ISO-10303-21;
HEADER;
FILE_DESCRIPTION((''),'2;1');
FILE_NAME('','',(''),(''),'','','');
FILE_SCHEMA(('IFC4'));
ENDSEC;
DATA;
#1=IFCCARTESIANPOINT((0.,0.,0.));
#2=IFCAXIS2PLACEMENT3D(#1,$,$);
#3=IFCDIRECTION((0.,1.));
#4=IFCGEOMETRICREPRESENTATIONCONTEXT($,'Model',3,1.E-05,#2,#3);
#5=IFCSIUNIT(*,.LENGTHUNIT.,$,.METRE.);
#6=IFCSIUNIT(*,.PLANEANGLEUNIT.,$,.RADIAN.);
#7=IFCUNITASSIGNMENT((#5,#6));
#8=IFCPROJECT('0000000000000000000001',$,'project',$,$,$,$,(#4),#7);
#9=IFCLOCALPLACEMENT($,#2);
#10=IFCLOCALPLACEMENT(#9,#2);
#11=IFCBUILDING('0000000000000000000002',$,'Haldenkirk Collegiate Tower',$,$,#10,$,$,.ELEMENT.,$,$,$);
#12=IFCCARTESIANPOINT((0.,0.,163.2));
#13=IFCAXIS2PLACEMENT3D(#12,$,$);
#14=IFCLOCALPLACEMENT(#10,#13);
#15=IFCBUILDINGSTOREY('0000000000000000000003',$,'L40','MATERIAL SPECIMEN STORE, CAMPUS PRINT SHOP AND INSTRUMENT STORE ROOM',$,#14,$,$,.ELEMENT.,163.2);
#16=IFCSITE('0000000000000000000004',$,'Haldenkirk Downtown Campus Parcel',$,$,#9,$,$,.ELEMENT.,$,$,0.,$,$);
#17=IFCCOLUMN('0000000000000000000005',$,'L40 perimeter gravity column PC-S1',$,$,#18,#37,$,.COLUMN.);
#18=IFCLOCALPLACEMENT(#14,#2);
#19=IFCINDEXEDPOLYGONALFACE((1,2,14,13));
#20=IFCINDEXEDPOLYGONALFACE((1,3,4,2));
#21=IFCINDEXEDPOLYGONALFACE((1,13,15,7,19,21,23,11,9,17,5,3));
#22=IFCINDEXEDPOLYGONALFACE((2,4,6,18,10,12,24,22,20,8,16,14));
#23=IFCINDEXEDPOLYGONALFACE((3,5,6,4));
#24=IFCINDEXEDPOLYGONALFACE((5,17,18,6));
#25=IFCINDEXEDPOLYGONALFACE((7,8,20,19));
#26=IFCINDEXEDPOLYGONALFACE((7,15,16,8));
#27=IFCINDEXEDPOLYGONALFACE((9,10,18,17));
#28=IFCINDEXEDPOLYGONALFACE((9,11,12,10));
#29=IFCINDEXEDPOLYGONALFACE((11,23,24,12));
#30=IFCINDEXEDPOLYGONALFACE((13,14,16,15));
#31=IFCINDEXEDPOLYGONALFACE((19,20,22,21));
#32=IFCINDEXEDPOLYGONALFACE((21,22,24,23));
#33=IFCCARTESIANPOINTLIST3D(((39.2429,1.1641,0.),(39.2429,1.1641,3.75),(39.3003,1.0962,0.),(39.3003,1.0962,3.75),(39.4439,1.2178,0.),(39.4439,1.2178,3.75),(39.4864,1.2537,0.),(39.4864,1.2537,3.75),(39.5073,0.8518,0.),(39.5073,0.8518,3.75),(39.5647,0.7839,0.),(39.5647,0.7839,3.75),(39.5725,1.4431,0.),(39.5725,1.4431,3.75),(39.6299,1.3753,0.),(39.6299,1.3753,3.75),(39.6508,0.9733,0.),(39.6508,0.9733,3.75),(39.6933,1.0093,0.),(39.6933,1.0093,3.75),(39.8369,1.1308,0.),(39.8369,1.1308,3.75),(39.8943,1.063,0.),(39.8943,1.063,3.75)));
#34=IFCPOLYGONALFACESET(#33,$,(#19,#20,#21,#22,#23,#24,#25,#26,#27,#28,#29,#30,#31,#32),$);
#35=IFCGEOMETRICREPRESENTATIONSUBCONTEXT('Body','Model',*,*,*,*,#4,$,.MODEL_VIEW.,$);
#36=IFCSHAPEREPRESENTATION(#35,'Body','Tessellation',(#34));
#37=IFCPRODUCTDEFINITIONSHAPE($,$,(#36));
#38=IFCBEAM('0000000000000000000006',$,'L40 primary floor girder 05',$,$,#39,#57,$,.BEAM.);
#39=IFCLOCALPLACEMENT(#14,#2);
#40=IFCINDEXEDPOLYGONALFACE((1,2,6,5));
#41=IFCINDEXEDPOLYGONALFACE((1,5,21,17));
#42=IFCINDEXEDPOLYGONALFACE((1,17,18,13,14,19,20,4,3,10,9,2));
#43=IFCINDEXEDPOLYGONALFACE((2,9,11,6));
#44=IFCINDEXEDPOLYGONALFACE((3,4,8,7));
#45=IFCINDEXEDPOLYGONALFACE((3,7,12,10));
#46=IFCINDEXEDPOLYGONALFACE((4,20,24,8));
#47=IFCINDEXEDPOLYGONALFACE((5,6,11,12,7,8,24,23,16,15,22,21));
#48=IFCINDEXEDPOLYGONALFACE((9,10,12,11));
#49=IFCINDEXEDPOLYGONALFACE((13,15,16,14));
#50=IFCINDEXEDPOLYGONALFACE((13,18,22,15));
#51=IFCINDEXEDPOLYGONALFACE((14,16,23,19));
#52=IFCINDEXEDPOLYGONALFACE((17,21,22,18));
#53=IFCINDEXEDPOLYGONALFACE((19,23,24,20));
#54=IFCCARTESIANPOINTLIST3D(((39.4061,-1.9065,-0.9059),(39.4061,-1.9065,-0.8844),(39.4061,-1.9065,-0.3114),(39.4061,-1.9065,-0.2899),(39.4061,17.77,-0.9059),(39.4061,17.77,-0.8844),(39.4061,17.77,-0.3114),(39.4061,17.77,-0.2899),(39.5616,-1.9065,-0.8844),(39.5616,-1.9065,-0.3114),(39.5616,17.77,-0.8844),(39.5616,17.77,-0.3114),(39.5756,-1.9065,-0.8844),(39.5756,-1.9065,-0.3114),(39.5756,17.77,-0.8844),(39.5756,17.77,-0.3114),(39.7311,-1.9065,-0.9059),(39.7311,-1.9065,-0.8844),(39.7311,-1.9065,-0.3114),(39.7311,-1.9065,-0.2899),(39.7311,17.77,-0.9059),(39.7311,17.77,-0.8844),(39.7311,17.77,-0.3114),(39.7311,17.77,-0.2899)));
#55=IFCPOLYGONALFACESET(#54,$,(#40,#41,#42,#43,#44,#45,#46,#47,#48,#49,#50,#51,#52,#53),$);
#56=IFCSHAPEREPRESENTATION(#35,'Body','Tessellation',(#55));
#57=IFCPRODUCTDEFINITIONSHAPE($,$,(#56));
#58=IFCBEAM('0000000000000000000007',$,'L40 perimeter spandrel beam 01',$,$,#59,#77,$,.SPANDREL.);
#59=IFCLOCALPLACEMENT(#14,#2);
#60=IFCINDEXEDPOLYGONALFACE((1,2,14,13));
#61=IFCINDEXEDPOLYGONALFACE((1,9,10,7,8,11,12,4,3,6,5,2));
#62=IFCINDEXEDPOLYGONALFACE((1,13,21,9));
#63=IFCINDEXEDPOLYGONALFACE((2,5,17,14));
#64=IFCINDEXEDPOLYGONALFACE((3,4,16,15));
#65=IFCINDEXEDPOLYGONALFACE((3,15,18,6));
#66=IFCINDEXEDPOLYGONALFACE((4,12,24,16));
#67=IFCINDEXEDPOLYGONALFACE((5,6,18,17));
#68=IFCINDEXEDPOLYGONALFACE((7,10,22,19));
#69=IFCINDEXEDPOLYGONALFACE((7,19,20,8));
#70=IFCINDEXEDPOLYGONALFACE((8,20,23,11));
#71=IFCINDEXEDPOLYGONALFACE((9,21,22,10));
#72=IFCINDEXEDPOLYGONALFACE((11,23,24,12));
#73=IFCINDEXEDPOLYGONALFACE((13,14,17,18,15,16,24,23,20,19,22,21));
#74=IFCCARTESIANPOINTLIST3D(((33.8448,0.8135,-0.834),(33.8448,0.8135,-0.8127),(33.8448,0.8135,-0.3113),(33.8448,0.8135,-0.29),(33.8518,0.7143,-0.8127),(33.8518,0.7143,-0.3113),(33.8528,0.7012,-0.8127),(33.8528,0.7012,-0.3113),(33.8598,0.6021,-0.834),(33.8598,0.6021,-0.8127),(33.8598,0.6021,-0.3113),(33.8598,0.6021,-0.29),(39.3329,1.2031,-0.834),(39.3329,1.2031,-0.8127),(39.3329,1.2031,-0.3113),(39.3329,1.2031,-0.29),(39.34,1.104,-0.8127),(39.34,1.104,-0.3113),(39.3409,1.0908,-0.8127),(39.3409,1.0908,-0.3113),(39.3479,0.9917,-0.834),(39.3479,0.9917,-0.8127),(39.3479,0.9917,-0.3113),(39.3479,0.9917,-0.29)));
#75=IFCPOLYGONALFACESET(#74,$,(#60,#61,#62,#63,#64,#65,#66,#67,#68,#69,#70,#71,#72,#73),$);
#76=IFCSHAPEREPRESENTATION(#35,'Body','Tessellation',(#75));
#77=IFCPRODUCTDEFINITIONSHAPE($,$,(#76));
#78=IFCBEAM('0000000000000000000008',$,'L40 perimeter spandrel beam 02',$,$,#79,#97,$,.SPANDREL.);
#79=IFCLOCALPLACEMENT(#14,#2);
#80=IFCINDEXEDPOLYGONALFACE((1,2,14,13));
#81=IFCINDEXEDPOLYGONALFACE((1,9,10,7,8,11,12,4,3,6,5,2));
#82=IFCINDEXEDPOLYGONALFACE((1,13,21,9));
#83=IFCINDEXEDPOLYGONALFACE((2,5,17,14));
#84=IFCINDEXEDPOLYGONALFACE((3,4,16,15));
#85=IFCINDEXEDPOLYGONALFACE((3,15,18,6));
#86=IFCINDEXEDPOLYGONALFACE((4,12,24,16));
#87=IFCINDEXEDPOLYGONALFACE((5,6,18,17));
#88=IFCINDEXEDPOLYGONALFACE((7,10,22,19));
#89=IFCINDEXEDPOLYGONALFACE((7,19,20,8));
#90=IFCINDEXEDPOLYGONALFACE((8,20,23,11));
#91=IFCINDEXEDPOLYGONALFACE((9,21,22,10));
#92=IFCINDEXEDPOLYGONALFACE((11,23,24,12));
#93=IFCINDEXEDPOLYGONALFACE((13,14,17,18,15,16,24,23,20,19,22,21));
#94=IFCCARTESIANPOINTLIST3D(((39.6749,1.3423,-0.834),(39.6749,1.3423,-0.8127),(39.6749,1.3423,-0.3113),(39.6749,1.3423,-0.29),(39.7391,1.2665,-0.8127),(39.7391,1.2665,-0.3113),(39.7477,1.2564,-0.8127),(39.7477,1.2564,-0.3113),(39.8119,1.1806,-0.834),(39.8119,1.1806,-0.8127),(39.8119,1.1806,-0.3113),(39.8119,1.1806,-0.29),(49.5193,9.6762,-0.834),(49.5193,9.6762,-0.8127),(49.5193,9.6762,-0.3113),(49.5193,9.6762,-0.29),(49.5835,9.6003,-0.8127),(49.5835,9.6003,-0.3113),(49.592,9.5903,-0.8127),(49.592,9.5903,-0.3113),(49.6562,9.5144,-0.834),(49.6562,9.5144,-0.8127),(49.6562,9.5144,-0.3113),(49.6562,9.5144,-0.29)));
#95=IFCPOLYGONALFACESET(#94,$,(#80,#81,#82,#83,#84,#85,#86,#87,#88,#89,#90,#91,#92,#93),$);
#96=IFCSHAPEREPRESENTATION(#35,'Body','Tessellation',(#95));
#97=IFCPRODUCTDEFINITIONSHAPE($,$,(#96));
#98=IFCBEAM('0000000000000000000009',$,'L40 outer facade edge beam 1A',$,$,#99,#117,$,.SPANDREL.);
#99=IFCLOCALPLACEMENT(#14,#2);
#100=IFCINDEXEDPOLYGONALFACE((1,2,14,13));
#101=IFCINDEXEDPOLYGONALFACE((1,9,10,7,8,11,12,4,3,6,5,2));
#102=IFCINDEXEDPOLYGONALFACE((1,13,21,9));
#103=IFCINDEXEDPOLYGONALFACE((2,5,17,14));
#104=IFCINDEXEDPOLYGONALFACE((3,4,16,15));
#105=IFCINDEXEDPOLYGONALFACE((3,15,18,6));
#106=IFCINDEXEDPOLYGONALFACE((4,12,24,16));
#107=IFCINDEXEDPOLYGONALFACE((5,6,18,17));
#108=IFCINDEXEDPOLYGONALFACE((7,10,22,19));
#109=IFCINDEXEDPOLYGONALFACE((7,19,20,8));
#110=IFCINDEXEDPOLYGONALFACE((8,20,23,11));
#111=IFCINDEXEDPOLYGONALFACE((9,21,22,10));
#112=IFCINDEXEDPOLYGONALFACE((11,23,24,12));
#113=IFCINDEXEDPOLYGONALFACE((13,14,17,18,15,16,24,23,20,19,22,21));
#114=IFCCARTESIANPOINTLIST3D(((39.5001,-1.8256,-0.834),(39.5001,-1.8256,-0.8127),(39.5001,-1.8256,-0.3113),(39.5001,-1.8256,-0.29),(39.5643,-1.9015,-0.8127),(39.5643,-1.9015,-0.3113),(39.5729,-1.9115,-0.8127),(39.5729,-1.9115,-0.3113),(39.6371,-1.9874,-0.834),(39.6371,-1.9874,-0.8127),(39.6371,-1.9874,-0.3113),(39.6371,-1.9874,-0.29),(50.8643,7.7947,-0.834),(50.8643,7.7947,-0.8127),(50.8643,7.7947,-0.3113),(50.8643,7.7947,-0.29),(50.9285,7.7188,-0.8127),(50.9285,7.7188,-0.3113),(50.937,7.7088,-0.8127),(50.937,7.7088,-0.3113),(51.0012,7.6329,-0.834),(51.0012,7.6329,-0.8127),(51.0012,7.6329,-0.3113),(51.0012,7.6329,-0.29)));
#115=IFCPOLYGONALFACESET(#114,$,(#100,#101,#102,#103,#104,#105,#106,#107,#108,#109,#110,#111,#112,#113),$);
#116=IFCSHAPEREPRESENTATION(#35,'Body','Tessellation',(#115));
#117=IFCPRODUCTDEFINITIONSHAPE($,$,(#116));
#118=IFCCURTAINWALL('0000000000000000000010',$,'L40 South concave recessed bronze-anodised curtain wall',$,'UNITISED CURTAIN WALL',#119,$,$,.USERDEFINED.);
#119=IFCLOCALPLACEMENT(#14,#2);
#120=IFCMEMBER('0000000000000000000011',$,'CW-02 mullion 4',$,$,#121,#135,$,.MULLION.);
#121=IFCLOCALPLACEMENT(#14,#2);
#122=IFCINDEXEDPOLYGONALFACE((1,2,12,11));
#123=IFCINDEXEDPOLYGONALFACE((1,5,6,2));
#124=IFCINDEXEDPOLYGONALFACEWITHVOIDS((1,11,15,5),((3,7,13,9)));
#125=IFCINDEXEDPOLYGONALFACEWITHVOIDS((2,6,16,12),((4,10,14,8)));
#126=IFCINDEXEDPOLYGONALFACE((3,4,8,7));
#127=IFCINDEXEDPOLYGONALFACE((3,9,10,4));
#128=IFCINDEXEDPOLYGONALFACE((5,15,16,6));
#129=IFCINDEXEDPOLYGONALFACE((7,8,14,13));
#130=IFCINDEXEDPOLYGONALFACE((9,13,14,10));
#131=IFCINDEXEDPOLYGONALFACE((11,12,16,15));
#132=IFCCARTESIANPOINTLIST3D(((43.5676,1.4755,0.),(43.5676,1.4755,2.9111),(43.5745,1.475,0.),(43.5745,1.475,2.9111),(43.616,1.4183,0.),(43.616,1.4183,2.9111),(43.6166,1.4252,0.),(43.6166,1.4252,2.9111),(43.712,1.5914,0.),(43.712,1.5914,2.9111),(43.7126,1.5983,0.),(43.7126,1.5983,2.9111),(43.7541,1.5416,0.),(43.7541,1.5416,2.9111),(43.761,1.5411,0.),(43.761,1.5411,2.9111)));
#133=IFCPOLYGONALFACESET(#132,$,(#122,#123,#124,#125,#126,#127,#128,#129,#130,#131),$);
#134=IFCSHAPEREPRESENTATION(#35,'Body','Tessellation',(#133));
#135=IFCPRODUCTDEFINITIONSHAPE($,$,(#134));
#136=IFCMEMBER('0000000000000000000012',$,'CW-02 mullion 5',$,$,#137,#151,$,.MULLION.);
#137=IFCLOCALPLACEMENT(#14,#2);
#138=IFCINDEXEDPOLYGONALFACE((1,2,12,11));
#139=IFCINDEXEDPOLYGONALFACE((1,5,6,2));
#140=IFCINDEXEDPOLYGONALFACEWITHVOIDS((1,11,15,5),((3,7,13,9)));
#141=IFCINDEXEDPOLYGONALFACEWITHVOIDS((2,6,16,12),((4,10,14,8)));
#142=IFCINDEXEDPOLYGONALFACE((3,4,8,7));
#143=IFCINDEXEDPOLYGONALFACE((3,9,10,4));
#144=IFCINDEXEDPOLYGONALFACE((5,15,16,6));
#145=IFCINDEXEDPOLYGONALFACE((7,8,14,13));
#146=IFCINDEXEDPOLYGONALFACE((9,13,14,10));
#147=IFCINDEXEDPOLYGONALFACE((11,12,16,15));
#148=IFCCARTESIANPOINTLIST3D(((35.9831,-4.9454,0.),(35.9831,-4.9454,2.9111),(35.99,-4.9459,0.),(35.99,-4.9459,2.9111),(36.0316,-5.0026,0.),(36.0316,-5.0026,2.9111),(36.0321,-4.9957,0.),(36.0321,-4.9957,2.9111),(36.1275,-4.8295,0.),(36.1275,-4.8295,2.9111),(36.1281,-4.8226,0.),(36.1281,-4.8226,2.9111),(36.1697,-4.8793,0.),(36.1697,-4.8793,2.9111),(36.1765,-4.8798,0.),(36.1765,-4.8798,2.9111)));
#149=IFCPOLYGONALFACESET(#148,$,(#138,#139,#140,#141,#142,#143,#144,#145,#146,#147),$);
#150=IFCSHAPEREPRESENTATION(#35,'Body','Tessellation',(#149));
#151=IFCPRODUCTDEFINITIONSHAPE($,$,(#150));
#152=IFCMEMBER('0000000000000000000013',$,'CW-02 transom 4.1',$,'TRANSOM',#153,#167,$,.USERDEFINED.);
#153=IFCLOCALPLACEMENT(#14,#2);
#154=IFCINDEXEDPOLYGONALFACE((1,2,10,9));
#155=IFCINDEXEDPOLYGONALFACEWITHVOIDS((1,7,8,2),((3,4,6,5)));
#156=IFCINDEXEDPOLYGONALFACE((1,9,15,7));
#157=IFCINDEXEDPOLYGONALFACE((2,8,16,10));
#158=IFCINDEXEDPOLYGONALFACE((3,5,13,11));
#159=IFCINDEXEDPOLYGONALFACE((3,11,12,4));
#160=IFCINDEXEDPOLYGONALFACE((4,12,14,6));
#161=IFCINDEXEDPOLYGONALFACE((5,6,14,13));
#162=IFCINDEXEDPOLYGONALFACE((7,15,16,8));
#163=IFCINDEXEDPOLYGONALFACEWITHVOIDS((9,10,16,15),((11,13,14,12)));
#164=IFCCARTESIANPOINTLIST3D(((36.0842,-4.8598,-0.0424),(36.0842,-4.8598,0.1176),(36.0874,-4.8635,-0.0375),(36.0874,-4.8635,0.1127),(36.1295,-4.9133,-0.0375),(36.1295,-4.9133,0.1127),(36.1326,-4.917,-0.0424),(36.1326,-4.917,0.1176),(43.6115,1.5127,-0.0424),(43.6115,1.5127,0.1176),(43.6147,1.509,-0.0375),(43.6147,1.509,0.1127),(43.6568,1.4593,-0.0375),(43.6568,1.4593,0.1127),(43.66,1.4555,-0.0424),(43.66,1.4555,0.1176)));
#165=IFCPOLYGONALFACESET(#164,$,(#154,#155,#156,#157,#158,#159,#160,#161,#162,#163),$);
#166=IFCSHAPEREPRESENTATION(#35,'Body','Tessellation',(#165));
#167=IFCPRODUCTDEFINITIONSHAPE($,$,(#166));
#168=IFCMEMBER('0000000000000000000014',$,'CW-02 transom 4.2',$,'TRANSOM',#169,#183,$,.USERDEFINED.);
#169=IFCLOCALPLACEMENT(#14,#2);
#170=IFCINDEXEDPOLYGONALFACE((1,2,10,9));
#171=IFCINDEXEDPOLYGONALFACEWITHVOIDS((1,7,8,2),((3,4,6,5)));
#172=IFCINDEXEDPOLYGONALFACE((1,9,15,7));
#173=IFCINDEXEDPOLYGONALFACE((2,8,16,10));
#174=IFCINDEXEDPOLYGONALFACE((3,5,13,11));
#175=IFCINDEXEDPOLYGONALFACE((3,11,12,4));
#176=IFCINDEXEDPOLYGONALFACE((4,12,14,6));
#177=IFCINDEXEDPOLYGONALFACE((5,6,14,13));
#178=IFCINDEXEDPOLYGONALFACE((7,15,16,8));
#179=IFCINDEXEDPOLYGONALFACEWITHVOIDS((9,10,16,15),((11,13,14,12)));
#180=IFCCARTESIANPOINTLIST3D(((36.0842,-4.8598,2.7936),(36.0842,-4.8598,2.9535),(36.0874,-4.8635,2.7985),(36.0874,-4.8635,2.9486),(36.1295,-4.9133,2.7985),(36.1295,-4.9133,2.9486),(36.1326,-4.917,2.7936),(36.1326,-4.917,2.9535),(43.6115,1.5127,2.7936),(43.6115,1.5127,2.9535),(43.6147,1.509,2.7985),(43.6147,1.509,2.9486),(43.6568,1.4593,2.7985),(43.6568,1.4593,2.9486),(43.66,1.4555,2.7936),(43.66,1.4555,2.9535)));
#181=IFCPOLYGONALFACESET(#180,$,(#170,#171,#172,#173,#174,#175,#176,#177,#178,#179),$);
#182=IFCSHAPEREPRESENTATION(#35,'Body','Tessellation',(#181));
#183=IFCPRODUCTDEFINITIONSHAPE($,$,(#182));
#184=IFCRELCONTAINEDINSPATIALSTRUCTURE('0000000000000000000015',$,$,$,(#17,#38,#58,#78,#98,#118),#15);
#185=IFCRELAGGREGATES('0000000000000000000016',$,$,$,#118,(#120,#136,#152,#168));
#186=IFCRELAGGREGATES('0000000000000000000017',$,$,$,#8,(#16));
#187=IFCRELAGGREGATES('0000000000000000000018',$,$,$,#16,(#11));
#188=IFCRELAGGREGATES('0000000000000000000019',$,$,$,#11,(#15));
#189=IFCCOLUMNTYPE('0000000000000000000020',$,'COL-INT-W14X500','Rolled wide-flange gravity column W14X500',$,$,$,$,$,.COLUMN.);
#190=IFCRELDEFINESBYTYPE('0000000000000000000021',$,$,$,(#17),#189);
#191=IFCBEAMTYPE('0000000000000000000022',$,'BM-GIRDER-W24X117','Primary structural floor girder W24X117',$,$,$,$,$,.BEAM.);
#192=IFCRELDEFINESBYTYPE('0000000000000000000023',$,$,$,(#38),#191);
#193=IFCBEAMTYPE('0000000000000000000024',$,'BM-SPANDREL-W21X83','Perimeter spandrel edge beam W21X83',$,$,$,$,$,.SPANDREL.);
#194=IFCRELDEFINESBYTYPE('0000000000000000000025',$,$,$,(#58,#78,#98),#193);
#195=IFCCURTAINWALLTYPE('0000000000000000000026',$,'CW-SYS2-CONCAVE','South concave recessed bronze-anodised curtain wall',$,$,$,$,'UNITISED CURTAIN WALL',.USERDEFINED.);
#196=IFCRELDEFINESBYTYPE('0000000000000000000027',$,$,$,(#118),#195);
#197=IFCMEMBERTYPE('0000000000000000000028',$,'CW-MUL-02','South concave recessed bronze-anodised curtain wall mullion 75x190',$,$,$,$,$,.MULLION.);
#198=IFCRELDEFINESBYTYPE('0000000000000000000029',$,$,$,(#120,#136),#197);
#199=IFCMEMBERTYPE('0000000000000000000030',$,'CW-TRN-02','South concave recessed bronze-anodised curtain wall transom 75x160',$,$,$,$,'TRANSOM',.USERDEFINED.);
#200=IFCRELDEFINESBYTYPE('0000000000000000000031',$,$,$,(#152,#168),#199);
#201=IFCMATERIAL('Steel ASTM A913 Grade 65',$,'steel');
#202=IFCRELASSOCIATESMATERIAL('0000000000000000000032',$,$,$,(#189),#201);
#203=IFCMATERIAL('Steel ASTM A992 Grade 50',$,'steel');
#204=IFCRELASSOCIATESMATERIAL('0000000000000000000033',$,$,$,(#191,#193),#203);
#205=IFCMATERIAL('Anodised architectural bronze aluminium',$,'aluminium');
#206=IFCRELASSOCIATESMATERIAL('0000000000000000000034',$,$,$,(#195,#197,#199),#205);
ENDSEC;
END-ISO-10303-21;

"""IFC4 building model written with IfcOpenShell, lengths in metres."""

from ifc_helpers import new_model, si_unit, direction, frame, origin, origin_2d, place, context, subcontext, project, spatial, hollow_rectangle, i_section, extrude, material, material_profile, profile_set, type_object, element, aggregate, save


model = new_model("IFC4")

# Units and contexts
model_context = context("Model", 3, precision=1e-05, world=origin(), true_north=direction((0.0, 1.0)))
body_context = subcontext(model_context, "Body", "Model", "MODEL_VIEW")
ifc_project = project(units=[si_unit("LENGTHUNIT", "METRE"), si_unit("PLANEANGLEUNIT", "RADIAN")], contexts=[model_context])

# Site, building, storey
site_placement = place(None, origin())
site = spatial("IfcSite", under=ifc_project, at=site_placement, Name="Haldenkirk Downtown Campus Parcel", CompositionType="ELEMENT", RefElevation=0.0)
building_placement = place(site_placement, origin())
building = spatial("IfcBuilding", under=site, at=building_placement, Name="Haldenkirk Collegiate Tower", CompositionType="ELEMENT")
storey_placement = place(building_placement, frame((0.0, 0.0, 163.2)))
storey = spatial("IfcBuildingStorey", under=building, at=storey_placement, Name="L40", Description="MATERIAL SPECIMEN STORE, CAMPUS PRINT SHOP AND INSTRUMENT STORE ROOM", CompositionType="ELEMENT", Elevation=163.2)

# Column
ifc_material_1 = material(Name="Steel ASTM A913 Grade 65", Category="steel")
ifc_material_profile_1 = material_profile(ifc_material_1, i_section(OverallWidth=0.4319, OverallDepth=0.498, WebThickness=0.0557, FlangeThickness=0.0889, at=origin_2d()), Name="W14X500")
ifc_profile_set_1 = profile_set([ifc_material_profile_1], Name="Steel ASTM A913 Grade 65")
column_type = type_object("IfcColumnType", Name="COL-INT-W14X500", Description="Rolled wide-flange gravity column W14X500", PredefinedType="COLUMN", material=ifc_profile_set_1)
column_placement = place(storey_placement, frame((39.5686, 1.1135, 0.0), z_axis=(0.0, 0.0, 1.0), x_axis=(0.763232, 0.646124, 0.0)))
element("IfcColumn", 1, at=column_placement, inside=storey, type_object=column_type, Name="L40 perimeter gravity column PC-S1", PredefinedType="COLUMN", context=body_context, shape_type="SweptSolid", body=[
    extrude(i_section(OverallWidth=0.4319, OverallDepth=0.498, WebThickness=0.0557, FlangeThickness=0.0889, at=origin_2d()), origin(), (0.0, 0.0, 1.0), 3.75),
])

# Beams
ifc_material_2 = material(Name="Steel ASTM A992 Grade 50", Category="steel")
ifc_material_profile_2 = material_profile(ifc_material_2, i_section(OverallWidth=0.325, OverallDepth=0.616, WebThickness=0.0139, FlangeThickness=0.0215, at=origin_2d()), Name="W24X117")
ifc_profile_set_2 = profile_set([ifc_material_profile_2], Name="Steel ASTM A992 Grade 50")
beam_type_1 = type_object("IfcBeamType", Name="BM-GIRDER-W24X117", Description="Primary structural floor girder W24X117", PredefinedType="BEAM", material=ifc_profile_set_2)
beam_1_placement = place(storey_placement, frame((39.5686, -1.9065, -0.5979), z_axis=(0.0, 1.0, 0.0), x_axis=(-1.0, 0.0, 0.0)))
element("IfcBeam", 2, at=beam_1_placement, inside=storey, type_object=beam_type_1, Name="L40 primary floor girder 05", PredefinedType="BEAM", context=body_context, shape_type="SweptSolid", body=[
    extrude(i_section(OverallWidth=0.325, OverallDepth=0.616, WebThickness=0.0139, FlangeThickness=0.0215, at=origin_2d()), origin(), (0.0, 0.0, 1.0), 19.6765),
])
ifc_material_profile_3 = material_profile(ifc_material_2, i_section(OverallWidth=0.2119, OverallDepth=0.5439, WebThickness=0.0132, FlangeThickness=0.0212, at=origin_2d()), Name="W21X83")
ifc_profile_set_3 = profile_set([ifc_material_profile_3], Name="Steel ASTM A992 Grade 50")
beam_type_2 = type_object("IfcBeamType", Name="BM-SPANDREL-W21X83", Description="Perimeter spandrel edge beam W21X83", PredefinedType="SPANDREL", material=ifc_profile_set_3)
beam_2_placement = place(storey_placement, frame((33.8523, 0.7078, -0.562), z_axis=(0.997489, 0.070821, 0.0), x_axis=(-0.070821, 0.997489, 0.0)))
element("IfcBeam", 3, at=beam_2_placement, inside=storey, type_object=beam_type_2, Name="L40 perimeter spandrel beam 01", PredefinedType="SPANDREL", context=body_context, shape_type="SweptSolid", body=[
    extrude(i_section(OverallWidth=0.2119, OverallDepth=0.5439, WebThickness=0.0132, FlangeThickness=0.0212, at=origin_2d()), origin(), (0.0, 0.0, 1.0), 5.502),
])
beam_3_placement = place(storey_placement, frame((39.7434, 1.2615, -0.562), z_axis=(0.763233, 0.646123, 0.0), x_axis=(-0.646123, 0.763233, 0.0)))
element("IfcBeam", 4, at=beam_3_placement, inside=storey, type_object=beam_type_2, Name="L40 perimeter spandrel beam 02", PredefinedType="SPANDREL", context=body_context, shape_type="SweptSolid", body=[
    extrude(i_section(OverallWidth=0.2119, OverallDepth=0.5439, WebThickness=0.0132, FlangeThickness=0.0212, at=origin_2d()), origin(), (0.0, 0.0, 1.0), 12.8982),
])
beam_4_placement = place(storey_placement, frame((39.5686, -1.9065, -0.562), z_axis=(0.763239, 0.646116, 0.0), x_axis=(-0.646116, 0.763239, 0.0)))
element("IfcBeam", 5, at=beam_4_placement, inside=storey, type_object=beam_type_2, Name="L40 outer facade edge beam 1A", PredefinedType="SPANDREL", context=body_context, shape_type="SweptSolid", body=[
    extrude(i_section(OverallWidth=0.2119, OverallDepth=0.5439, WebThickness=0.0132, FlangeThickness=0.0212, at=origin_2d()), origin(), (0.0, 0.0, 1.0), 14.8894),
])

# Curtain wall, members
ifc_material_3 = material(Name="Anodised architectural bronze aluminium", Category="aluminium")
curtain_wall_type = type_object("IfcCurtainWallType", Name="CW-SYS2-CONCAVE", Description="South concave recessed bronze-anodised curtain wall", ElementType="UNITISED CURTAIN WALL", PredefinedType="USERDEFINED", material=ifc_material_3)
curtain_wall_placement = place(storey_placement, origin())
curtain_wall = element("IfcCurtainWall", 6, at=curtain_wall_placement, inside=storey, type_object=curtain_wall_type, Name="L40 South concave recessed bronze-anodised curtain wall", ObjectType="UNITISED CURTAIN WALL", PredefinedType="USERDEFINED")
ifc_material_profile_4 = material_profile(ifc_material_3, hollow_rectangle(XDim=0.075, YDim=0.1899, WallThickness=0.0049, at=origin_2d()), Name="CW-MUL-02")
ifc_profile_set_4 = profile_set([ifc_material_profile_4], Name="Anodised architectural bronze aluminium")
member_type_1 = type_object("IfcMemberType", Name="CW-MUL-02", Description="South concave recessed bronze-anodised curtain wall mullion 75x190", PredefinedType="MULLION", material=ifc_profile_set_4)
member_1_placement = place(storey_placement, frame((43.6643, 1.5083, 0.0), z_axis=(0.0, 0.0, 1.0), x_axis=(0.646124, -0.763232, 0.0)))
member_1 = element("IfcMember", 7, at=member_1_placement, type_object=member_type_1, Name="CW-02 mullion 4", PredefinedType="MULLION", context=body_context, shape_type="SweptSolid", body=[
    extrude(hollow_rectangle(XDim=0.075, YDim=0.1899, WallThickness=0.0049, at=origin_2d()), origin(), (0.0, 0.0, 1.0), 2.9111),
])
member_2_placement = place(storey_placement, frame((36.0798, -4.9126, 0.0), z_axis=(0.0, 0.0, 1.0), x_axis=(0.646124, -0.763232, 0.0)))
member_2 = element("IfcMember", 8, at=member_2_placement, type_object=member_type_1, Name="CW-02 mullion 5", PredefinedType="MULLION", context=body_context, shape_type="SweptSolid", body=[
    extrude(hollow_rectangle(XDim=0.075, YDim=0.1899, WallThickness=0.0049, at=origin_2d()), origin(), (0.0, 0.0, 1.0), 2.9111),
])
ifc_material_profile_5 = material_profile(ifc_material_3, hollow_rectangle(XDim=0.075, YDim=0.1599, WallThickness=0.0049, at=origin_2d()), Name="CW-TRN-02")
ifc_profile_set_5 = profile_set([ifc_material_profile_5], Name="Anodised architectural bronze aluminium")
member_type_2 = type_object("IfcMemberType", Name="CW-TRN-02", Description="South concave recessed bronze-anodised curtain wall transom 75x160", ElementType="TRANSOM", PredefinedType="USERDEFINED", material=ifc_profile_set_5)
member_3_placement = place(storey_placement, frame((43.6357, 1.4841, 0.0376), z_axis=(-0.763223, -0.646135, 0.0), x_axis=(0.646135, -0.763223, 0.0)))
member_3 = element("IfcMember", 9, at=member_3_placement, type_object=member_type_2, Name="CW-02 transom 4.1", ObjectType="TRANSOM", PredefinedType="USERDEFINED", context=body_context, shape_type="SweptSolid", body=[
    extrude(hollow_rectangle(XDim=0.075, YDim=0.1599, WallThickness=0.0049, at=origin_2d()), origin(), (0.0, 0.0, 1.0), 9.8625),
])
member_4_placement = place(storey_placement, frame((43.6357, 1.4841, 2.8735), z_axis=(-0.763223, -0.646135, 0.0), x_axis=(0.646135, -0.763223, 0.0)))
member_4 = element("IfcMember", 10, at=member_4_placement, type_object=member_type_2, Name="CW-02 transom 4.2", ObjectType="TRANSOM", PredefinedType="USERDEFINED", context=body_context, shape_type="SweptSolid", body=[
    extrude(hollow_rectangle(XDim=0.075, YDim=0.1599, WallThickness=0.0049, at=origin_2d()), origin(), (0.0, 0.0, 1.0), 9.8625),
])
aggregate(curtain_wall, [member_1, member_2, member_3, member_4])

save(model, "model.ifc")
